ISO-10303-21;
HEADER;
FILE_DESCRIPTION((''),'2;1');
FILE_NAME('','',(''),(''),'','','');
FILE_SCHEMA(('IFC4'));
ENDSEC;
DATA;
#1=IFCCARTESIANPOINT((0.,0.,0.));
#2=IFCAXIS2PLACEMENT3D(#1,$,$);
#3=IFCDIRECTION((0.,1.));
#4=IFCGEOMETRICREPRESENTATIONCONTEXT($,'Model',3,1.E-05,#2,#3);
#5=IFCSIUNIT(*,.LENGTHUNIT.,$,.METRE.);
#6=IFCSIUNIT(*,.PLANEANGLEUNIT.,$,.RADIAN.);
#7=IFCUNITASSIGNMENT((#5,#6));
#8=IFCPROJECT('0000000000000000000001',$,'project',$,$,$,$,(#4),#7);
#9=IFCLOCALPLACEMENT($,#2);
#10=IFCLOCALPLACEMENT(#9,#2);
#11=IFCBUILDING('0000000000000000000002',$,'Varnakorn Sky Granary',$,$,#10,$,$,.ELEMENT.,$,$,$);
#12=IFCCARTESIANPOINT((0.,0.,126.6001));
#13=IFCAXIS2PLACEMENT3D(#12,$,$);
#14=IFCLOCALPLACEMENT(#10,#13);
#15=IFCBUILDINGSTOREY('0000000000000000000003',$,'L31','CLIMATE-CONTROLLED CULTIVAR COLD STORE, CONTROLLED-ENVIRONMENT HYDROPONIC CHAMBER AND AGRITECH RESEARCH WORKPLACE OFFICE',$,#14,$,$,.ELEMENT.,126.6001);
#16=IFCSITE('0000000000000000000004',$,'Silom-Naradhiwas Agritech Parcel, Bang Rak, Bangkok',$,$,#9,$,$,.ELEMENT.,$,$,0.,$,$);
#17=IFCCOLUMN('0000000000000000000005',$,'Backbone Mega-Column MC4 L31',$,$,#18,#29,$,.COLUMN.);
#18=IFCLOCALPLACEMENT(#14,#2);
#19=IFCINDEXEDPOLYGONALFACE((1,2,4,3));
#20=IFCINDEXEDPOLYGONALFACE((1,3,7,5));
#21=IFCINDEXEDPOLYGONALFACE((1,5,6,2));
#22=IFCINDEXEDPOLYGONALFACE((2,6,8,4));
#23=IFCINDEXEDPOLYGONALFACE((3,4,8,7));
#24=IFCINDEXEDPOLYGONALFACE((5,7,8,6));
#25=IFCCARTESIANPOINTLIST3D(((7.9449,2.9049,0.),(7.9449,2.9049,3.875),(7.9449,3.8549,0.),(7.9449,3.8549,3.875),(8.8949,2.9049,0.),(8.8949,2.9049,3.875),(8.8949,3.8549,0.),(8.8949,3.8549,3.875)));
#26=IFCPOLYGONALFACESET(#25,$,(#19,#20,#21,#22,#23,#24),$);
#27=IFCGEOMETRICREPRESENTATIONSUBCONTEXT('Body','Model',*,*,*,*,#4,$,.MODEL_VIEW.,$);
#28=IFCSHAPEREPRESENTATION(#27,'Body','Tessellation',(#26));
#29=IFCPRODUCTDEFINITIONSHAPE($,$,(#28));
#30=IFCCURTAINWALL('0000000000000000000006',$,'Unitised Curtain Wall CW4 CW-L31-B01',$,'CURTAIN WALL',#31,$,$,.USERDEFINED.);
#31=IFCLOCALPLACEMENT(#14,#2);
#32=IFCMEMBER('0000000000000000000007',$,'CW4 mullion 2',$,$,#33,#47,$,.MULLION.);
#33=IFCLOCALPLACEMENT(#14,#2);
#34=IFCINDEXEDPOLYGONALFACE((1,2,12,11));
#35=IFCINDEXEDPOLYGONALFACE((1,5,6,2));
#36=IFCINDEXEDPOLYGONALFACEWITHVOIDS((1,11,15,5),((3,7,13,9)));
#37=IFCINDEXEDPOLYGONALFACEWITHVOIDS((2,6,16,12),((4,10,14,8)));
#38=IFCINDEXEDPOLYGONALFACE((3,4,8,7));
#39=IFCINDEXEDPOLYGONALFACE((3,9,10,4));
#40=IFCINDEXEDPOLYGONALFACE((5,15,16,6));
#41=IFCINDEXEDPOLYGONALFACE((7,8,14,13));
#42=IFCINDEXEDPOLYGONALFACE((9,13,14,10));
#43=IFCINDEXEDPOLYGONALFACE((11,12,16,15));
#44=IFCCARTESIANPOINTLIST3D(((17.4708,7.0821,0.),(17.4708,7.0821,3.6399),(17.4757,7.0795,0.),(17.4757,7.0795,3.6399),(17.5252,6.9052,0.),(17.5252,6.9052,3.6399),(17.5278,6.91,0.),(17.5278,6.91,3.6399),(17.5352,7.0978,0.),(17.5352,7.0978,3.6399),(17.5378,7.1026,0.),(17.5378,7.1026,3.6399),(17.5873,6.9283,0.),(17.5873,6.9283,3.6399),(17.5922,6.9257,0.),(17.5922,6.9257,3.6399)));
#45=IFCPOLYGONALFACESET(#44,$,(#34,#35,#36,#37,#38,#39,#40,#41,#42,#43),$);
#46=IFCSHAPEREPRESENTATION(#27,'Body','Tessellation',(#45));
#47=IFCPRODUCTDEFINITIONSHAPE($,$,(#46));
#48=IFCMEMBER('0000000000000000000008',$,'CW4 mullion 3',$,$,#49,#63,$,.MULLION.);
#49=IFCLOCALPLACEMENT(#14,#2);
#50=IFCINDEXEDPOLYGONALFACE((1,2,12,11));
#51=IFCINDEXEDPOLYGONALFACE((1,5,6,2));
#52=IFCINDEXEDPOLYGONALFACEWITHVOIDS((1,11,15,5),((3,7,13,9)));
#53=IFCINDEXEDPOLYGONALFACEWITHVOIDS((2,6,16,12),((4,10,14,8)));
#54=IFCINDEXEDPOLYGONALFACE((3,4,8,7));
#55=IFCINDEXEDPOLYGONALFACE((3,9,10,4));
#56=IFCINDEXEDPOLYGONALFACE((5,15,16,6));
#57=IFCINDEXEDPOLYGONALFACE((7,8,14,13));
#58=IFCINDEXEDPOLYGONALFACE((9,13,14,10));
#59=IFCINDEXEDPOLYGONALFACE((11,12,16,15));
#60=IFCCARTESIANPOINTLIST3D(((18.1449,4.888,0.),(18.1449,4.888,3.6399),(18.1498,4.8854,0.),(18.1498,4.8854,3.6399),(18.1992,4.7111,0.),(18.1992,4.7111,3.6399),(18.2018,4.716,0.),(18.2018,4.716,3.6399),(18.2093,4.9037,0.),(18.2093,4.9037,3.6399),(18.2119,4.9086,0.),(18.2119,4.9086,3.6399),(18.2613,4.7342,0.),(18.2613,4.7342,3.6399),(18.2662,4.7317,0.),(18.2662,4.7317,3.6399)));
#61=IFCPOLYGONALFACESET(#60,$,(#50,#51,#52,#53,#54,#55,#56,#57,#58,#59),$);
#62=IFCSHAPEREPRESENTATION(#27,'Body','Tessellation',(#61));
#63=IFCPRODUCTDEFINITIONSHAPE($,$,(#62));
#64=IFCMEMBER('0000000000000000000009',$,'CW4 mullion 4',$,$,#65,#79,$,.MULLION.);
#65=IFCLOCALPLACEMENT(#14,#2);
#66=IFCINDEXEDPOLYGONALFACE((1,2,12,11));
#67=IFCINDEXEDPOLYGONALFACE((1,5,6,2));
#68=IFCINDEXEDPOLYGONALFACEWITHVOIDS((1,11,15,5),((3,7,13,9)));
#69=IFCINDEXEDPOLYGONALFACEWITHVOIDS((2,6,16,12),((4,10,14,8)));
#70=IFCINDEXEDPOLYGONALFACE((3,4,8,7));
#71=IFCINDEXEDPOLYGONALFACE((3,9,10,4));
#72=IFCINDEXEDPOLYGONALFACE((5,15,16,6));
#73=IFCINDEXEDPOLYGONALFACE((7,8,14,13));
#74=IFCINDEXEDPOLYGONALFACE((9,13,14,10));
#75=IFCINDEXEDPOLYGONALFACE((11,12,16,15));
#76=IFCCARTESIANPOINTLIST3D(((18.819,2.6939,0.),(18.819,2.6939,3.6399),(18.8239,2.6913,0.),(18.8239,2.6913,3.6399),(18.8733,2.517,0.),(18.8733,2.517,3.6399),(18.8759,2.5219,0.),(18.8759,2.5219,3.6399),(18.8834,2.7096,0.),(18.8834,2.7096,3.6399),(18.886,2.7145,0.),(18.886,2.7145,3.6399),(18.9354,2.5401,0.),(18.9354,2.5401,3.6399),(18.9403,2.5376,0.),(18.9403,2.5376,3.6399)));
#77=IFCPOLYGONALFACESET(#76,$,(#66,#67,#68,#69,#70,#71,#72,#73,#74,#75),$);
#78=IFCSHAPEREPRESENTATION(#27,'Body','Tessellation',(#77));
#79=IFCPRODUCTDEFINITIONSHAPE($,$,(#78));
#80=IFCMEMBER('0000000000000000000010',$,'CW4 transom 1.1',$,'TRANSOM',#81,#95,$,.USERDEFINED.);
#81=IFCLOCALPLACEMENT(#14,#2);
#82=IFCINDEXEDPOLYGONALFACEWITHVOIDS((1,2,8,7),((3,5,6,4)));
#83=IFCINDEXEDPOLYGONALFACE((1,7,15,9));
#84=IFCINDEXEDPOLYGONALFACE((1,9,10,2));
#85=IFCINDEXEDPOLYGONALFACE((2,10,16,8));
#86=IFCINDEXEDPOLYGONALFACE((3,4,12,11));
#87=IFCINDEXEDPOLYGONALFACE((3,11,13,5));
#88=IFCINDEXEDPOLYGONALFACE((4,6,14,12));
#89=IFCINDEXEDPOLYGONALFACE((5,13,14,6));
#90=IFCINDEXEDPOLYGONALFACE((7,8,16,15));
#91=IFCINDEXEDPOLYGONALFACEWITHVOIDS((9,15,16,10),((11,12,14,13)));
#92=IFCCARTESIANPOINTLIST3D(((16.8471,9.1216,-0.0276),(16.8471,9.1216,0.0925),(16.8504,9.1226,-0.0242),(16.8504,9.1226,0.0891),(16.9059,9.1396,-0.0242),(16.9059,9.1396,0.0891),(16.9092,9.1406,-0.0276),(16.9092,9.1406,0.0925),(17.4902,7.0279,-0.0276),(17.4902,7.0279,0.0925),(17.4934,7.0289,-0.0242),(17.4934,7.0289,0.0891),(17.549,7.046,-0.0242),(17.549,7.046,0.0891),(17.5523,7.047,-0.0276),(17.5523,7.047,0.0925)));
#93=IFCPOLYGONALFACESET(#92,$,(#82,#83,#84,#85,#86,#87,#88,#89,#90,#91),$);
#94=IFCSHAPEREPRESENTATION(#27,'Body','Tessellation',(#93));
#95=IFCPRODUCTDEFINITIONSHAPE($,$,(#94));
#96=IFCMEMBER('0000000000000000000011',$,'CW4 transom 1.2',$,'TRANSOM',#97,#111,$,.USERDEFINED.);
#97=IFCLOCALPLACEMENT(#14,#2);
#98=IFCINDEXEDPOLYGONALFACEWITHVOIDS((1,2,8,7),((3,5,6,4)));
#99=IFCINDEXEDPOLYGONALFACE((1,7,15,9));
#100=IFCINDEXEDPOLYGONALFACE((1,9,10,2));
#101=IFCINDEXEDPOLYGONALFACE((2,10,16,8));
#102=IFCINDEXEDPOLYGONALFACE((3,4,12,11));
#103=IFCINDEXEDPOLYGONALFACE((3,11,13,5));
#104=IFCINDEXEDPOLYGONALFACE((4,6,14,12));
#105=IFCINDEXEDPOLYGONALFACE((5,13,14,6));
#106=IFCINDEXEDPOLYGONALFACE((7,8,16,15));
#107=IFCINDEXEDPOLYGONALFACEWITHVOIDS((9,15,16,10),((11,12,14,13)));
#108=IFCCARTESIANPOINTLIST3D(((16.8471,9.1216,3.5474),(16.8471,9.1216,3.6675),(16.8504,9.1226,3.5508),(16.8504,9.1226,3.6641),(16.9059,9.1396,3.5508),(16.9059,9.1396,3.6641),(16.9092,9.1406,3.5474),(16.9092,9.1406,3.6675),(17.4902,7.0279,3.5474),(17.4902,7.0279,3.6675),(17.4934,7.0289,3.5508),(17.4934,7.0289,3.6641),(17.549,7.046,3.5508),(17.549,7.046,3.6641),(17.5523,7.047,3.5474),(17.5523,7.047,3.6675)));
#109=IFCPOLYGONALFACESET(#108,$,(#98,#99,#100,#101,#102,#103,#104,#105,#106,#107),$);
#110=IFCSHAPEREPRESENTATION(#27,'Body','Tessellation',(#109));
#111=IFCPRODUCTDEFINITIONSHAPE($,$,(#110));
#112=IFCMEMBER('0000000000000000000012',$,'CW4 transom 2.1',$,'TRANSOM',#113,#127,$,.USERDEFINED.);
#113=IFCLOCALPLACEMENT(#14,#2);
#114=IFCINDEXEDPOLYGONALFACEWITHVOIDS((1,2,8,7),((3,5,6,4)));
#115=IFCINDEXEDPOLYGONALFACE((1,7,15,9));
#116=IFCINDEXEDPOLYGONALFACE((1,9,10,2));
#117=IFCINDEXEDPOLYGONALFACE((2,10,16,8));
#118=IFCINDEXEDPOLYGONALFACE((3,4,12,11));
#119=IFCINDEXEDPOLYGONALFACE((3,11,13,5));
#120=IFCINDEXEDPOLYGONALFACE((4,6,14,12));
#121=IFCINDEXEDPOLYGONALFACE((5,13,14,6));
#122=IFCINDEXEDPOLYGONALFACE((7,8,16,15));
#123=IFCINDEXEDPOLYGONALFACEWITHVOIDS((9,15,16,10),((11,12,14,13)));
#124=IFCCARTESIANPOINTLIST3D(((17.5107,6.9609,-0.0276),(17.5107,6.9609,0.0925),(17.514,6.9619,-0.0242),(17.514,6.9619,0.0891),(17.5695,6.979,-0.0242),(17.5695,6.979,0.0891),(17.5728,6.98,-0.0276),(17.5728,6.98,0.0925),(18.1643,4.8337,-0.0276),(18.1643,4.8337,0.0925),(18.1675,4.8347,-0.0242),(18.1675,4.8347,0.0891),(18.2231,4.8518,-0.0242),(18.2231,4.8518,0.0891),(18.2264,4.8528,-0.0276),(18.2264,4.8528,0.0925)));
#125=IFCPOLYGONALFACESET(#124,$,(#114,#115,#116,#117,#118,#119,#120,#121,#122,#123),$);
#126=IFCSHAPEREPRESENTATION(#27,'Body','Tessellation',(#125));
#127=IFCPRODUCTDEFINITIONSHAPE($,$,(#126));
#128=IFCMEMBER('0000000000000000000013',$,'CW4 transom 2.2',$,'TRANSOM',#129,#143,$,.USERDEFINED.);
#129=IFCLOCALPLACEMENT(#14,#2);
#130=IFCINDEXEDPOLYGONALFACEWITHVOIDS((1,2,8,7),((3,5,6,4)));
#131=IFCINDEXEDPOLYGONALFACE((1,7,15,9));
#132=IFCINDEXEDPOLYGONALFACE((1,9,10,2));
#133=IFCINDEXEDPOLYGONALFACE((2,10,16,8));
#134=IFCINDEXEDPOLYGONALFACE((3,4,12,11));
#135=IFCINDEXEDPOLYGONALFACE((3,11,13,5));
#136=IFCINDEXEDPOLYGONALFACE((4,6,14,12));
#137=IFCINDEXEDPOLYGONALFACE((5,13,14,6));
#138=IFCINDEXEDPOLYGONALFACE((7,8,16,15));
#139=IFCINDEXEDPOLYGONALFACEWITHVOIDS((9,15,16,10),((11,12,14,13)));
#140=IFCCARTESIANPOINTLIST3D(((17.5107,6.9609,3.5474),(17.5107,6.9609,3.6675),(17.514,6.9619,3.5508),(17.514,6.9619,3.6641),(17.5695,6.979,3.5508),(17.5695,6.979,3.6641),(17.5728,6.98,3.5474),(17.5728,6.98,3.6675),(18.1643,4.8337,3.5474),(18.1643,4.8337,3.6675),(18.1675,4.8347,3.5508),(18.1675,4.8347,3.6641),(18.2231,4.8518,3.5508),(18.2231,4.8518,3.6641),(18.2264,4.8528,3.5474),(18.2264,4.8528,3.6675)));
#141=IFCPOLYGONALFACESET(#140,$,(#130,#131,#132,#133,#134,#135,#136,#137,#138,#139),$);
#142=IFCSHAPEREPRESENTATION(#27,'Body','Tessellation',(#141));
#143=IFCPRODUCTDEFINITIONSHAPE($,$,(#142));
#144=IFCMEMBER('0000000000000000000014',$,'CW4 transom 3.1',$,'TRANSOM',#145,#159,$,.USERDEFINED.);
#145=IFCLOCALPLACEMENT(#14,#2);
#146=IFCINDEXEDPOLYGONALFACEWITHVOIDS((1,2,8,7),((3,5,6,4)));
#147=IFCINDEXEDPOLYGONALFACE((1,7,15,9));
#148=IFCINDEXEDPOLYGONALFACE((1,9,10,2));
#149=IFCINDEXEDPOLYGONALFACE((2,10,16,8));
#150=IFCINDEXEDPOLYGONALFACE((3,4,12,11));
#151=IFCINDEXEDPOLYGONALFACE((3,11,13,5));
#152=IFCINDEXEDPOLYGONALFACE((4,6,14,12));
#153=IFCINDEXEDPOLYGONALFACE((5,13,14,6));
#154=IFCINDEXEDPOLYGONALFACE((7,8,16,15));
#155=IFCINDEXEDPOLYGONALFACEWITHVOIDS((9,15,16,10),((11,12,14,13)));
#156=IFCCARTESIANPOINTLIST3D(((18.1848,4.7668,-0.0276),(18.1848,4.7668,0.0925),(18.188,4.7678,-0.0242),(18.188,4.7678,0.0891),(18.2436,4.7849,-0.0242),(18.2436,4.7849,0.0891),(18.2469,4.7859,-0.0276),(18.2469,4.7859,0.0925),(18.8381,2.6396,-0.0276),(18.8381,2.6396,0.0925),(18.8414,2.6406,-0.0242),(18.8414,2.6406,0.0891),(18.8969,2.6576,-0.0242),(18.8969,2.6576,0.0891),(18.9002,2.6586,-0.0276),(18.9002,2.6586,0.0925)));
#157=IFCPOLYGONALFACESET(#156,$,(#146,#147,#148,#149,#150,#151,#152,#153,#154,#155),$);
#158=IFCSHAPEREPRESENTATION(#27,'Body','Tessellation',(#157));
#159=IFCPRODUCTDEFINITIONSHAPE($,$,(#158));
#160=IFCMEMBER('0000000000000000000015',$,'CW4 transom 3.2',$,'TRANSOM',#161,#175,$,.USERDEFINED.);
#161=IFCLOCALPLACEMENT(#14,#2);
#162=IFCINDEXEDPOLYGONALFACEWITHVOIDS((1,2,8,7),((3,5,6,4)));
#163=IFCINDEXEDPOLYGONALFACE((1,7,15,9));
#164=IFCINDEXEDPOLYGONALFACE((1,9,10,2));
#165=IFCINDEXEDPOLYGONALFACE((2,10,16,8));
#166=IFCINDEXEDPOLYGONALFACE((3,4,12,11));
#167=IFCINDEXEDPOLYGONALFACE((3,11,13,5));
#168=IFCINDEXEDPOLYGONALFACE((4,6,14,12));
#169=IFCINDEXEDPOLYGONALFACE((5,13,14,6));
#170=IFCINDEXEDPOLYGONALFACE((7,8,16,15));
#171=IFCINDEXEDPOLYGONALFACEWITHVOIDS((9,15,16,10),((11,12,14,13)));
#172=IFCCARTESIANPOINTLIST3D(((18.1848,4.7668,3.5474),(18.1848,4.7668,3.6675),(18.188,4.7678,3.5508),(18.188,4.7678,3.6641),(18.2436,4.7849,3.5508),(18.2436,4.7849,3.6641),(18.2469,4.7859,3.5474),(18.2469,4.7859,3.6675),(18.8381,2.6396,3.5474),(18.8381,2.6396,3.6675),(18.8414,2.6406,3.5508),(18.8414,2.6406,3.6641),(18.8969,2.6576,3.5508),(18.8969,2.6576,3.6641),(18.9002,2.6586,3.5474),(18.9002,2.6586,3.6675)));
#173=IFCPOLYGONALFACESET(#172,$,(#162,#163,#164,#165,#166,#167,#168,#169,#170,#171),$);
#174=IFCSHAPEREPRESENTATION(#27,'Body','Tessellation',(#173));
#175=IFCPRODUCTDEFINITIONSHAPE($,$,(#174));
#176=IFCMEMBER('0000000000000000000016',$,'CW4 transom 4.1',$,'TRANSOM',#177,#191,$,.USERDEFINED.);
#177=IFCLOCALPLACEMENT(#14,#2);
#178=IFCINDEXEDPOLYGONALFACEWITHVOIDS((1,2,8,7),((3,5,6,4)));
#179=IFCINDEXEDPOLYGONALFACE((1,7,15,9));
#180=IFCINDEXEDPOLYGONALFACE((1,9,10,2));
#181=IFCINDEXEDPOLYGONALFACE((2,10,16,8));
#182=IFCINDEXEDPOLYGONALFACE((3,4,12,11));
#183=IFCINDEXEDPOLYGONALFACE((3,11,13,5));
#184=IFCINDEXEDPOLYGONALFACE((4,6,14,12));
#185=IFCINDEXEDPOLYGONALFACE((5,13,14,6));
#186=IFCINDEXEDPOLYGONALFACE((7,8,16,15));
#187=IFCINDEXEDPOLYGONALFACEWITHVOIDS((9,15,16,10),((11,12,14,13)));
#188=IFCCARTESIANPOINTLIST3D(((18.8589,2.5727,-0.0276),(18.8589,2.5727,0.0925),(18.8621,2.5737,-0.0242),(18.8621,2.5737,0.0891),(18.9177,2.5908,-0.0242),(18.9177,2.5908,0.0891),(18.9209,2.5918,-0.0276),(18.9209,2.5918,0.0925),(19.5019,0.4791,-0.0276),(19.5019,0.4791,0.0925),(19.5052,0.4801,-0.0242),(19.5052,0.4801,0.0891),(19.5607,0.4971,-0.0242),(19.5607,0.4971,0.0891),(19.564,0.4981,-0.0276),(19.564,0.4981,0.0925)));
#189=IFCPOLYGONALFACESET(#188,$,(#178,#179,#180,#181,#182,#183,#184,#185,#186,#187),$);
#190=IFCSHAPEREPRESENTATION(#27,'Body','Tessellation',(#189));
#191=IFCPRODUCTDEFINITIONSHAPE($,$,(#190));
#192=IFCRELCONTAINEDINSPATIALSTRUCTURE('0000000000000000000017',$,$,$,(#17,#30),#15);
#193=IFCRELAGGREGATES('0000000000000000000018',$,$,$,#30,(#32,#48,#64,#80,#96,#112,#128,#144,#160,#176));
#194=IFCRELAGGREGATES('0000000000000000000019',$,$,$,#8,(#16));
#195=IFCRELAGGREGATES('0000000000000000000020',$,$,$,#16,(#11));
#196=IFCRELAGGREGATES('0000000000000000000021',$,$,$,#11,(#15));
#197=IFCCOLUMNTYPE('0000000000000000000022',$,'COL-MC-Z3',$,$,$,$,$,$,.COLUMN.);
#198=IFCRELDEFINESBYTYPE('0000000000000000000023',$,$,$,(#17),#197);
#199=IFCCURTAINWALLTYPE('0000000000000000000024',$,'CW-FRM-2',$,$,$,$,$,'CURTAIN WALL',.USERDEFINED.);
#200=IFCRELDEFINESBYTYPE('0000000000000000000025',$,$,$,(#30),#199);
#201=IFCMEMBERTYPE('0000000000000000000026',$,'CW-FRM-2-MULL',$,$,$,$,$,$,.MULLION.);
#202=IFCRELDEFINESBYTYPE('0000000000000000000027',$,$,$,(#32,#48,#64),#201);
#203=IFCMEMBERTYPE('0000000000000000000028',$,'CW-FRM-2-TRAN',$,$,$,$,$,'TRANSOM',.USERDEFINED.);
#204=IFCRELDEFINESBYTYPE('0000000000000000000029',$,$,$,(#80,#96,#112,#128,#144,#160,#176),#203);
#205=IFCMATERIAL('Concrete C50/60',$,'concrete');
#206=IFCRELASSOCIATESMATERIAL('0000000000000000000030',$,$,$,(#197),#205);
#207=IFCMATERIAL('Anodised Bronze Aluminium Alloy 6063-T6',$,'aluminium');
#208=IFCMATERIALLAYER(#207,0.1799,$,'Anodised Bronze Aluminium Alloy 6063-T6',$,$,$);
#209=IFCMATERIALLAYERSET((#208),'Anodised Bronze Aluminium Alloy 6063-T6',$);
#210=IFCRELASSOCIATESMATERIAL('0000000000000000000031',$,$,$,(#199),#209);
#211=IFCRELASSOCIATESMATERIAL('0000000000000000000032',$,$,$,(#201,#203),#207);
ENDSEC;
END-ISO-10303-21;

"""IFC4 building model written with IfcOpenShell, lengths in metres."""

from ifc_helpers import new_model, si_unit, direction, frame, origin, origin_2d, place, context, subcontext, project, spatial, rectangle, hollow_rectangle, extrude, material, layer, layer_set, material_profile, profile_set, type_object, element, aggregate, save


model = new_model("IFC4")

# Units and contexts
model_context = context("Model", 3, precision=1e-05, world=origin(), true_north=direction((0.0, 1.0)))
body_context = subcontext(model_context, "Body", "Model", "MODEL_VIEW")
ifc_project = project(units=[si_unit("LENGTHUNIT", "METRE"), si_unit("PLANEANGLEUNIT", "RADIAN")], contexts=[model_context])

# Site, building, storey
site_placement = place(None, origin())
site = spatial("IfcSite", under=ifc_project, at=site_placement, Name="Silom-Naradhiwas Agritech Parcel, Bang Rak, Bangkok", CompositionType="ELEMENT", RefElevation=0.0)
building_placement = place(site_placement, origin())
building = spatial("IfcBuilding", under=site, at=building_placement, Name="Varnakorn Sky Granary", CompositionType="ELEMENT")
storey_placement = place(building_placement, frame((0.0, 0.0, 126.6001)))
storey = spatial("IfcBuildingStorey", under=building, at=storey_placement, Name="L31", Description="CLIMATE-CONTROLLED CULTIVAR COLD STORE, CONTROLLED-ENVIRONMENT HYDROPONIC CHAMBER AND AGRITECH RESEARCH WORKPLACE OFFICE", CompositionType="ELEMENT", Elevation=126.6001)

# Column
ifc_material_1 = material(Name="Concrete C50/60", Category="concrete")
ifc_material_profile_1 = material_profile(ifc_material_1, rectangle(XDim=0.95, YDim=0.95, at=origin_2d()), Name="RC 950x950")
ifc_profile_set_1 = profile_set([ifc_material_profile_1], Name="Concrete C50/60")
column_type = type_object("IfcColumnType", Name="COL-MC-Z3", PredefinedType="COLUMN", material=ifc_profile_set_1)
column_placement = place(storey_placement, frame((8.4199, 3.3799, 0.0), z_axis=(0.0, 0.0, 1.0), x_axis=(1.0, 0.0, 0.0)))
element("IfcColumn", 1, at=column_placement, inside=storey, type_object=column_type, Name="Backbone Mega-Column MC4 L31", PredefinedType="COLUMN", context=body_context, shape_type="SweptSolid", body=[
    extrude(rectangle(XDim=0.95, YDim=0.95, at=origin_2d()), origin(), (0.0, 0.0, 1.0), 3.875),
])

# Curtain wall, members
ifc_material_2 = material(Name="Anodised Bronze Aluminium Alloy 6063-T6", Category="aluminium")
ifc_layer_1 = layer(ifc_material_2, 0.1799, Name="Anodised Bronze Aluminium Alloy 6063-T6")
ifc_layer_set_1 = layer_set([ifc_layer_1], Name="Anodised Bronze Aluminium Alloy 6063-T6")
curtain_wall_type = type_object("IfcCurtainWallType", Name="CW-FRM-2", ElementType="CURTAIN WALL", PredefinedType="USERDEFINED", material=ifc_layer_set_1)
curtain_wall_placement = place(storey_placement, origin())
curtain_wall = element("IfcCurtainWall", 2, at=curtain_wall_placement, inside=storey, type_object=curtain_wall_type, Name="Unitised Curtain Wall CW4 CW-L31-B01", ObjectType="CURTAIN WALL", PredefinedType="USERDEFINED")
ifc_material_profile_2 = material_profile(ifc_material_2, hollow_rectangle(XDim=0.0701, YDim=0.1851, WallThickness=0.0039, at=origin_2d()), Name="ALU MULL 70x185")
ifc_profile_set_2 = profile_set([ifc_material_profile_2], Name="Anodised Bronze Aluminium Alloy 6063-T6")
member_type_1 = type_object("IfcMemberType", Name="CW-FRM-2-MULL", PredefinedType="MULLION", material=ifc_profile_set_2)
member_1_placement = place(storey_placement, frame((17.5315, 7.0039, 0.0), z_axis=(0.0, 0.0, 1.0), x_axis=(0.955917, 0.293638, 0.0)))
member_1 = element("IfcMember", 3, at=member_1_placement, type_object=member_type_1, Name="CW4 mullion 2", PredefinedType="MULLION", context=body_context, shape_type="SweptSolid", body=[
    extrude(hollow_rectangle(XDim=0.0701, YDim=0.1851, WallThickness=0.0039, at=origin_2d()), origin(), (0.0, 0.0, 1.0), 3.6399),
])
member_2_placement = place(storey_placement, frame((18.2056, 4.8098, 0.0), z_axis=(0.0, 0.0, 1.0), x_axis=(0.955917, 0.293638, 0.0)))
member_2 = element("IfcMember", 4, at=member_2_placement, type_object=member_type_1, Name="CW4 mullion 3", PredefinedType="MULLION", context=body_context, shape_type="SweptSolid", body=[
    extrude(hollow_rectangle(XDim=0.0701, YDim=0.1851, WallThickness=0.0039, at=origin_2d()), origin(), (0.0, 0.0, 1.0), 3.6399),
])
member_3_placement = place(storey_placement, frame((18.8796, 2.6157, 0.0), z_axis=(0.0, 0.0, 1.0), x_axis=(0.955917, 0.293638, 0.0)))
member_3 = element("IfcMember", 5, at=member_3_placement, type_object=member_type_1, Name="CW4 mullion 4", PredefinedType="MULLION", context=body_context, shape_type="SweptSolid", body=[
    extrude(hollow_rectangle(XDim=0.0701, YDim=0.1851, WallThickness=0.0039, at=origin_2d()), origin(), (0.0, 0.0, 1.0), 3.6399),
])
ifc_material_profile_3 = material_profile(ifc_material_2, hollow_rectangle(XDim=0.0649, YDim=0.1201, WallThickness=0.0034, at=origin_2d()), Name="ALU TRAN 65x120")
ifc_profile_set_3 = profile_set([ifc_material_profile_3], Name="Anodised Bronze Aluminium Alloy 6063-T6")
member_type_2 = type_object("IfcMemberType", Name="CW-FRM-2-TRAN", ElementType="TRANSOM", PredefinedType="USERDEFINED", material=ifc_profile_set_3)
member_4_placement = place(storey_placement, frame((16.8782, 9.1311, 0.0325), z_axis=(0.2936, -0.955928, 0.0), x_axis=(0.955928, 0.2936, 0.0)))
member_4 = element("IfcMember", 6, at=member_4_placement, type_object=member_type_2, Name="CW4 transom 1.1", ObjectType="TRANSOM", PredefinedType="USERDEFINED", context=body_context, shape_type="SweptSolid", body=[
    extrude(hollow_rectangle(XDim=0.0649, YDim=0.1201, WallThickness=0.0034, at=origin_2d()), origin(), (0.0, 0.0, 1.0), 2.1902),
])
member_5_placement = place(storey_placement, frame((16.8782, 9.1311, 3.6074), z_axis=(0.2936, -0.955928, 0.0), x_axis=(0.955928, 0.2936, 0.0)))
member_5 = element("IfcMember", 7, at=member_5_placement, type_object=member_type_2, Name="CW4 transom 1.2", ObjectType="TRANSOM", PredefinedType="USERDEFINED", context=body_context, shape_type="SweptSolid", body=[
    extrude(hollow_rectangle(XDim=0.0649, YDim=0.1201, WallThickness=0.0034, at=origin_2d()), origin(), (0.0, 0.0, 1.0), 2.1902),
])
member_6_placement = place(storey_placement, frame((17.5417, 6.9705, 0.0325), z_axis=(0.293693, -0.9559, 0.0), x_axis=(0.9559, 0.293693, 0.0)))
member_6 = element("IfcMember", 8, at=member_6_placement, type_object=member_type_2, Name="CW4 transom 2.1", ObjectType="TRANSOM", PredefinedType="USERDEFINED", context=body_context, shape_type="SweptSolid", body=[
    extrude(hollow_rectangle(XDim=0.0649, YDim=0.1201, WallThickness=0.0034, at=origin_2d()), origin(), (0.0, 0.0, 1.0), 2.2253),
])
member_7_placement = place(storey_placement, frame((17.5417, 6.9705, 3.6074), z_axis=(0.293693, -0.9559, 0.0), x_axis=(0.9559, 0.293693, 0.0)))
member_7 = element("IfcMember", 9, at=member_7_placement, type_object=member_type_2, Name="CW4 transom 2.2", ObjectType="TRANSOM", PredefinedType="USERDEFINED", context=body_context, shape_type="SweptSolid", body=[
    extrude(hollow_rectangle(XDim=0.0649, YDim=0.1201, WallThickness=0.0034, at=origin_2d()), origin(), (0.0, 0.0, 1.0), 2.2253),
])
member_8_placement = place(storey_placement, frame((18.2158, 4.7764, 0.0325), z_axis=(0.293592, -0.955931, 0.0), x_axis=(0.955931, 0.293592, 0.0)))
member_8 = element("IfcMember", 10, at=member_8_placement, type_object=member_type_2, Name="CW4 transom 3.1", ObjectType="TRANSOM", PredefinedType="USERDEFINED", context=body_context, shape_type="SweptSolid", body=[
    extrude(hollow_rectangle(XDim=0.0649, YDim=0.1201, WallThickness=0.0034, at=origin_2d()), origin(), (0.0, 0.0, 1.0), 2.2253),
])
member_9_placement = place(storey_placement, frame((18.2158, 4.7764, 3.6074), z_axis=(0.293592, -0.955931, 0.0), x_axis=(0.955931, 0.293592, 0.0)))
member_9 = element("IfcMember", 11, at=member_9_placement, type_object=member_type_2, Name="CW4 transom 3.2", ObjectType="TRANSOM", PredefinedType="USERDEFINED", context=body_context, shape_type="SweptSolid", body=[
    extrude(hollow_rectangle(XDim=0.0649, YDim=0.1201, WallThickness=0.0034, at=origin_2d()), origin(), (0.0, 0.0, 1.0), 2.2253),
])
member_10_placement = place(storey_placement, frame((18.8899, 2.5823, 0.0325), z_axis=(0.2936, -0.955928, 0.0), x_axis=(0.955928, 0.2936, 0.0)))
member_10 = element("IfcMember", 12, at=member_10_placement, type_object=member_type_2, Name="CW4 transom 4.1", ObjectType="TRANSOM", PredefinedType="USERDEFINED", context=body_context, shape_type="SweptSolid", body=[
    extrude(hollow_rectangle(XDim=0.0649, YDim=0.1201, WallThickness=0.0034, at=origin_2d()), origin(), (0.0, 0.0, 1.0), 2.1902),
])

aggregate(curtain_wall, [member_1, member_2, member_3, member_4, member_5, member_6, member_7, member_8, member_9, member_10])

save(model, "model.ifc")
